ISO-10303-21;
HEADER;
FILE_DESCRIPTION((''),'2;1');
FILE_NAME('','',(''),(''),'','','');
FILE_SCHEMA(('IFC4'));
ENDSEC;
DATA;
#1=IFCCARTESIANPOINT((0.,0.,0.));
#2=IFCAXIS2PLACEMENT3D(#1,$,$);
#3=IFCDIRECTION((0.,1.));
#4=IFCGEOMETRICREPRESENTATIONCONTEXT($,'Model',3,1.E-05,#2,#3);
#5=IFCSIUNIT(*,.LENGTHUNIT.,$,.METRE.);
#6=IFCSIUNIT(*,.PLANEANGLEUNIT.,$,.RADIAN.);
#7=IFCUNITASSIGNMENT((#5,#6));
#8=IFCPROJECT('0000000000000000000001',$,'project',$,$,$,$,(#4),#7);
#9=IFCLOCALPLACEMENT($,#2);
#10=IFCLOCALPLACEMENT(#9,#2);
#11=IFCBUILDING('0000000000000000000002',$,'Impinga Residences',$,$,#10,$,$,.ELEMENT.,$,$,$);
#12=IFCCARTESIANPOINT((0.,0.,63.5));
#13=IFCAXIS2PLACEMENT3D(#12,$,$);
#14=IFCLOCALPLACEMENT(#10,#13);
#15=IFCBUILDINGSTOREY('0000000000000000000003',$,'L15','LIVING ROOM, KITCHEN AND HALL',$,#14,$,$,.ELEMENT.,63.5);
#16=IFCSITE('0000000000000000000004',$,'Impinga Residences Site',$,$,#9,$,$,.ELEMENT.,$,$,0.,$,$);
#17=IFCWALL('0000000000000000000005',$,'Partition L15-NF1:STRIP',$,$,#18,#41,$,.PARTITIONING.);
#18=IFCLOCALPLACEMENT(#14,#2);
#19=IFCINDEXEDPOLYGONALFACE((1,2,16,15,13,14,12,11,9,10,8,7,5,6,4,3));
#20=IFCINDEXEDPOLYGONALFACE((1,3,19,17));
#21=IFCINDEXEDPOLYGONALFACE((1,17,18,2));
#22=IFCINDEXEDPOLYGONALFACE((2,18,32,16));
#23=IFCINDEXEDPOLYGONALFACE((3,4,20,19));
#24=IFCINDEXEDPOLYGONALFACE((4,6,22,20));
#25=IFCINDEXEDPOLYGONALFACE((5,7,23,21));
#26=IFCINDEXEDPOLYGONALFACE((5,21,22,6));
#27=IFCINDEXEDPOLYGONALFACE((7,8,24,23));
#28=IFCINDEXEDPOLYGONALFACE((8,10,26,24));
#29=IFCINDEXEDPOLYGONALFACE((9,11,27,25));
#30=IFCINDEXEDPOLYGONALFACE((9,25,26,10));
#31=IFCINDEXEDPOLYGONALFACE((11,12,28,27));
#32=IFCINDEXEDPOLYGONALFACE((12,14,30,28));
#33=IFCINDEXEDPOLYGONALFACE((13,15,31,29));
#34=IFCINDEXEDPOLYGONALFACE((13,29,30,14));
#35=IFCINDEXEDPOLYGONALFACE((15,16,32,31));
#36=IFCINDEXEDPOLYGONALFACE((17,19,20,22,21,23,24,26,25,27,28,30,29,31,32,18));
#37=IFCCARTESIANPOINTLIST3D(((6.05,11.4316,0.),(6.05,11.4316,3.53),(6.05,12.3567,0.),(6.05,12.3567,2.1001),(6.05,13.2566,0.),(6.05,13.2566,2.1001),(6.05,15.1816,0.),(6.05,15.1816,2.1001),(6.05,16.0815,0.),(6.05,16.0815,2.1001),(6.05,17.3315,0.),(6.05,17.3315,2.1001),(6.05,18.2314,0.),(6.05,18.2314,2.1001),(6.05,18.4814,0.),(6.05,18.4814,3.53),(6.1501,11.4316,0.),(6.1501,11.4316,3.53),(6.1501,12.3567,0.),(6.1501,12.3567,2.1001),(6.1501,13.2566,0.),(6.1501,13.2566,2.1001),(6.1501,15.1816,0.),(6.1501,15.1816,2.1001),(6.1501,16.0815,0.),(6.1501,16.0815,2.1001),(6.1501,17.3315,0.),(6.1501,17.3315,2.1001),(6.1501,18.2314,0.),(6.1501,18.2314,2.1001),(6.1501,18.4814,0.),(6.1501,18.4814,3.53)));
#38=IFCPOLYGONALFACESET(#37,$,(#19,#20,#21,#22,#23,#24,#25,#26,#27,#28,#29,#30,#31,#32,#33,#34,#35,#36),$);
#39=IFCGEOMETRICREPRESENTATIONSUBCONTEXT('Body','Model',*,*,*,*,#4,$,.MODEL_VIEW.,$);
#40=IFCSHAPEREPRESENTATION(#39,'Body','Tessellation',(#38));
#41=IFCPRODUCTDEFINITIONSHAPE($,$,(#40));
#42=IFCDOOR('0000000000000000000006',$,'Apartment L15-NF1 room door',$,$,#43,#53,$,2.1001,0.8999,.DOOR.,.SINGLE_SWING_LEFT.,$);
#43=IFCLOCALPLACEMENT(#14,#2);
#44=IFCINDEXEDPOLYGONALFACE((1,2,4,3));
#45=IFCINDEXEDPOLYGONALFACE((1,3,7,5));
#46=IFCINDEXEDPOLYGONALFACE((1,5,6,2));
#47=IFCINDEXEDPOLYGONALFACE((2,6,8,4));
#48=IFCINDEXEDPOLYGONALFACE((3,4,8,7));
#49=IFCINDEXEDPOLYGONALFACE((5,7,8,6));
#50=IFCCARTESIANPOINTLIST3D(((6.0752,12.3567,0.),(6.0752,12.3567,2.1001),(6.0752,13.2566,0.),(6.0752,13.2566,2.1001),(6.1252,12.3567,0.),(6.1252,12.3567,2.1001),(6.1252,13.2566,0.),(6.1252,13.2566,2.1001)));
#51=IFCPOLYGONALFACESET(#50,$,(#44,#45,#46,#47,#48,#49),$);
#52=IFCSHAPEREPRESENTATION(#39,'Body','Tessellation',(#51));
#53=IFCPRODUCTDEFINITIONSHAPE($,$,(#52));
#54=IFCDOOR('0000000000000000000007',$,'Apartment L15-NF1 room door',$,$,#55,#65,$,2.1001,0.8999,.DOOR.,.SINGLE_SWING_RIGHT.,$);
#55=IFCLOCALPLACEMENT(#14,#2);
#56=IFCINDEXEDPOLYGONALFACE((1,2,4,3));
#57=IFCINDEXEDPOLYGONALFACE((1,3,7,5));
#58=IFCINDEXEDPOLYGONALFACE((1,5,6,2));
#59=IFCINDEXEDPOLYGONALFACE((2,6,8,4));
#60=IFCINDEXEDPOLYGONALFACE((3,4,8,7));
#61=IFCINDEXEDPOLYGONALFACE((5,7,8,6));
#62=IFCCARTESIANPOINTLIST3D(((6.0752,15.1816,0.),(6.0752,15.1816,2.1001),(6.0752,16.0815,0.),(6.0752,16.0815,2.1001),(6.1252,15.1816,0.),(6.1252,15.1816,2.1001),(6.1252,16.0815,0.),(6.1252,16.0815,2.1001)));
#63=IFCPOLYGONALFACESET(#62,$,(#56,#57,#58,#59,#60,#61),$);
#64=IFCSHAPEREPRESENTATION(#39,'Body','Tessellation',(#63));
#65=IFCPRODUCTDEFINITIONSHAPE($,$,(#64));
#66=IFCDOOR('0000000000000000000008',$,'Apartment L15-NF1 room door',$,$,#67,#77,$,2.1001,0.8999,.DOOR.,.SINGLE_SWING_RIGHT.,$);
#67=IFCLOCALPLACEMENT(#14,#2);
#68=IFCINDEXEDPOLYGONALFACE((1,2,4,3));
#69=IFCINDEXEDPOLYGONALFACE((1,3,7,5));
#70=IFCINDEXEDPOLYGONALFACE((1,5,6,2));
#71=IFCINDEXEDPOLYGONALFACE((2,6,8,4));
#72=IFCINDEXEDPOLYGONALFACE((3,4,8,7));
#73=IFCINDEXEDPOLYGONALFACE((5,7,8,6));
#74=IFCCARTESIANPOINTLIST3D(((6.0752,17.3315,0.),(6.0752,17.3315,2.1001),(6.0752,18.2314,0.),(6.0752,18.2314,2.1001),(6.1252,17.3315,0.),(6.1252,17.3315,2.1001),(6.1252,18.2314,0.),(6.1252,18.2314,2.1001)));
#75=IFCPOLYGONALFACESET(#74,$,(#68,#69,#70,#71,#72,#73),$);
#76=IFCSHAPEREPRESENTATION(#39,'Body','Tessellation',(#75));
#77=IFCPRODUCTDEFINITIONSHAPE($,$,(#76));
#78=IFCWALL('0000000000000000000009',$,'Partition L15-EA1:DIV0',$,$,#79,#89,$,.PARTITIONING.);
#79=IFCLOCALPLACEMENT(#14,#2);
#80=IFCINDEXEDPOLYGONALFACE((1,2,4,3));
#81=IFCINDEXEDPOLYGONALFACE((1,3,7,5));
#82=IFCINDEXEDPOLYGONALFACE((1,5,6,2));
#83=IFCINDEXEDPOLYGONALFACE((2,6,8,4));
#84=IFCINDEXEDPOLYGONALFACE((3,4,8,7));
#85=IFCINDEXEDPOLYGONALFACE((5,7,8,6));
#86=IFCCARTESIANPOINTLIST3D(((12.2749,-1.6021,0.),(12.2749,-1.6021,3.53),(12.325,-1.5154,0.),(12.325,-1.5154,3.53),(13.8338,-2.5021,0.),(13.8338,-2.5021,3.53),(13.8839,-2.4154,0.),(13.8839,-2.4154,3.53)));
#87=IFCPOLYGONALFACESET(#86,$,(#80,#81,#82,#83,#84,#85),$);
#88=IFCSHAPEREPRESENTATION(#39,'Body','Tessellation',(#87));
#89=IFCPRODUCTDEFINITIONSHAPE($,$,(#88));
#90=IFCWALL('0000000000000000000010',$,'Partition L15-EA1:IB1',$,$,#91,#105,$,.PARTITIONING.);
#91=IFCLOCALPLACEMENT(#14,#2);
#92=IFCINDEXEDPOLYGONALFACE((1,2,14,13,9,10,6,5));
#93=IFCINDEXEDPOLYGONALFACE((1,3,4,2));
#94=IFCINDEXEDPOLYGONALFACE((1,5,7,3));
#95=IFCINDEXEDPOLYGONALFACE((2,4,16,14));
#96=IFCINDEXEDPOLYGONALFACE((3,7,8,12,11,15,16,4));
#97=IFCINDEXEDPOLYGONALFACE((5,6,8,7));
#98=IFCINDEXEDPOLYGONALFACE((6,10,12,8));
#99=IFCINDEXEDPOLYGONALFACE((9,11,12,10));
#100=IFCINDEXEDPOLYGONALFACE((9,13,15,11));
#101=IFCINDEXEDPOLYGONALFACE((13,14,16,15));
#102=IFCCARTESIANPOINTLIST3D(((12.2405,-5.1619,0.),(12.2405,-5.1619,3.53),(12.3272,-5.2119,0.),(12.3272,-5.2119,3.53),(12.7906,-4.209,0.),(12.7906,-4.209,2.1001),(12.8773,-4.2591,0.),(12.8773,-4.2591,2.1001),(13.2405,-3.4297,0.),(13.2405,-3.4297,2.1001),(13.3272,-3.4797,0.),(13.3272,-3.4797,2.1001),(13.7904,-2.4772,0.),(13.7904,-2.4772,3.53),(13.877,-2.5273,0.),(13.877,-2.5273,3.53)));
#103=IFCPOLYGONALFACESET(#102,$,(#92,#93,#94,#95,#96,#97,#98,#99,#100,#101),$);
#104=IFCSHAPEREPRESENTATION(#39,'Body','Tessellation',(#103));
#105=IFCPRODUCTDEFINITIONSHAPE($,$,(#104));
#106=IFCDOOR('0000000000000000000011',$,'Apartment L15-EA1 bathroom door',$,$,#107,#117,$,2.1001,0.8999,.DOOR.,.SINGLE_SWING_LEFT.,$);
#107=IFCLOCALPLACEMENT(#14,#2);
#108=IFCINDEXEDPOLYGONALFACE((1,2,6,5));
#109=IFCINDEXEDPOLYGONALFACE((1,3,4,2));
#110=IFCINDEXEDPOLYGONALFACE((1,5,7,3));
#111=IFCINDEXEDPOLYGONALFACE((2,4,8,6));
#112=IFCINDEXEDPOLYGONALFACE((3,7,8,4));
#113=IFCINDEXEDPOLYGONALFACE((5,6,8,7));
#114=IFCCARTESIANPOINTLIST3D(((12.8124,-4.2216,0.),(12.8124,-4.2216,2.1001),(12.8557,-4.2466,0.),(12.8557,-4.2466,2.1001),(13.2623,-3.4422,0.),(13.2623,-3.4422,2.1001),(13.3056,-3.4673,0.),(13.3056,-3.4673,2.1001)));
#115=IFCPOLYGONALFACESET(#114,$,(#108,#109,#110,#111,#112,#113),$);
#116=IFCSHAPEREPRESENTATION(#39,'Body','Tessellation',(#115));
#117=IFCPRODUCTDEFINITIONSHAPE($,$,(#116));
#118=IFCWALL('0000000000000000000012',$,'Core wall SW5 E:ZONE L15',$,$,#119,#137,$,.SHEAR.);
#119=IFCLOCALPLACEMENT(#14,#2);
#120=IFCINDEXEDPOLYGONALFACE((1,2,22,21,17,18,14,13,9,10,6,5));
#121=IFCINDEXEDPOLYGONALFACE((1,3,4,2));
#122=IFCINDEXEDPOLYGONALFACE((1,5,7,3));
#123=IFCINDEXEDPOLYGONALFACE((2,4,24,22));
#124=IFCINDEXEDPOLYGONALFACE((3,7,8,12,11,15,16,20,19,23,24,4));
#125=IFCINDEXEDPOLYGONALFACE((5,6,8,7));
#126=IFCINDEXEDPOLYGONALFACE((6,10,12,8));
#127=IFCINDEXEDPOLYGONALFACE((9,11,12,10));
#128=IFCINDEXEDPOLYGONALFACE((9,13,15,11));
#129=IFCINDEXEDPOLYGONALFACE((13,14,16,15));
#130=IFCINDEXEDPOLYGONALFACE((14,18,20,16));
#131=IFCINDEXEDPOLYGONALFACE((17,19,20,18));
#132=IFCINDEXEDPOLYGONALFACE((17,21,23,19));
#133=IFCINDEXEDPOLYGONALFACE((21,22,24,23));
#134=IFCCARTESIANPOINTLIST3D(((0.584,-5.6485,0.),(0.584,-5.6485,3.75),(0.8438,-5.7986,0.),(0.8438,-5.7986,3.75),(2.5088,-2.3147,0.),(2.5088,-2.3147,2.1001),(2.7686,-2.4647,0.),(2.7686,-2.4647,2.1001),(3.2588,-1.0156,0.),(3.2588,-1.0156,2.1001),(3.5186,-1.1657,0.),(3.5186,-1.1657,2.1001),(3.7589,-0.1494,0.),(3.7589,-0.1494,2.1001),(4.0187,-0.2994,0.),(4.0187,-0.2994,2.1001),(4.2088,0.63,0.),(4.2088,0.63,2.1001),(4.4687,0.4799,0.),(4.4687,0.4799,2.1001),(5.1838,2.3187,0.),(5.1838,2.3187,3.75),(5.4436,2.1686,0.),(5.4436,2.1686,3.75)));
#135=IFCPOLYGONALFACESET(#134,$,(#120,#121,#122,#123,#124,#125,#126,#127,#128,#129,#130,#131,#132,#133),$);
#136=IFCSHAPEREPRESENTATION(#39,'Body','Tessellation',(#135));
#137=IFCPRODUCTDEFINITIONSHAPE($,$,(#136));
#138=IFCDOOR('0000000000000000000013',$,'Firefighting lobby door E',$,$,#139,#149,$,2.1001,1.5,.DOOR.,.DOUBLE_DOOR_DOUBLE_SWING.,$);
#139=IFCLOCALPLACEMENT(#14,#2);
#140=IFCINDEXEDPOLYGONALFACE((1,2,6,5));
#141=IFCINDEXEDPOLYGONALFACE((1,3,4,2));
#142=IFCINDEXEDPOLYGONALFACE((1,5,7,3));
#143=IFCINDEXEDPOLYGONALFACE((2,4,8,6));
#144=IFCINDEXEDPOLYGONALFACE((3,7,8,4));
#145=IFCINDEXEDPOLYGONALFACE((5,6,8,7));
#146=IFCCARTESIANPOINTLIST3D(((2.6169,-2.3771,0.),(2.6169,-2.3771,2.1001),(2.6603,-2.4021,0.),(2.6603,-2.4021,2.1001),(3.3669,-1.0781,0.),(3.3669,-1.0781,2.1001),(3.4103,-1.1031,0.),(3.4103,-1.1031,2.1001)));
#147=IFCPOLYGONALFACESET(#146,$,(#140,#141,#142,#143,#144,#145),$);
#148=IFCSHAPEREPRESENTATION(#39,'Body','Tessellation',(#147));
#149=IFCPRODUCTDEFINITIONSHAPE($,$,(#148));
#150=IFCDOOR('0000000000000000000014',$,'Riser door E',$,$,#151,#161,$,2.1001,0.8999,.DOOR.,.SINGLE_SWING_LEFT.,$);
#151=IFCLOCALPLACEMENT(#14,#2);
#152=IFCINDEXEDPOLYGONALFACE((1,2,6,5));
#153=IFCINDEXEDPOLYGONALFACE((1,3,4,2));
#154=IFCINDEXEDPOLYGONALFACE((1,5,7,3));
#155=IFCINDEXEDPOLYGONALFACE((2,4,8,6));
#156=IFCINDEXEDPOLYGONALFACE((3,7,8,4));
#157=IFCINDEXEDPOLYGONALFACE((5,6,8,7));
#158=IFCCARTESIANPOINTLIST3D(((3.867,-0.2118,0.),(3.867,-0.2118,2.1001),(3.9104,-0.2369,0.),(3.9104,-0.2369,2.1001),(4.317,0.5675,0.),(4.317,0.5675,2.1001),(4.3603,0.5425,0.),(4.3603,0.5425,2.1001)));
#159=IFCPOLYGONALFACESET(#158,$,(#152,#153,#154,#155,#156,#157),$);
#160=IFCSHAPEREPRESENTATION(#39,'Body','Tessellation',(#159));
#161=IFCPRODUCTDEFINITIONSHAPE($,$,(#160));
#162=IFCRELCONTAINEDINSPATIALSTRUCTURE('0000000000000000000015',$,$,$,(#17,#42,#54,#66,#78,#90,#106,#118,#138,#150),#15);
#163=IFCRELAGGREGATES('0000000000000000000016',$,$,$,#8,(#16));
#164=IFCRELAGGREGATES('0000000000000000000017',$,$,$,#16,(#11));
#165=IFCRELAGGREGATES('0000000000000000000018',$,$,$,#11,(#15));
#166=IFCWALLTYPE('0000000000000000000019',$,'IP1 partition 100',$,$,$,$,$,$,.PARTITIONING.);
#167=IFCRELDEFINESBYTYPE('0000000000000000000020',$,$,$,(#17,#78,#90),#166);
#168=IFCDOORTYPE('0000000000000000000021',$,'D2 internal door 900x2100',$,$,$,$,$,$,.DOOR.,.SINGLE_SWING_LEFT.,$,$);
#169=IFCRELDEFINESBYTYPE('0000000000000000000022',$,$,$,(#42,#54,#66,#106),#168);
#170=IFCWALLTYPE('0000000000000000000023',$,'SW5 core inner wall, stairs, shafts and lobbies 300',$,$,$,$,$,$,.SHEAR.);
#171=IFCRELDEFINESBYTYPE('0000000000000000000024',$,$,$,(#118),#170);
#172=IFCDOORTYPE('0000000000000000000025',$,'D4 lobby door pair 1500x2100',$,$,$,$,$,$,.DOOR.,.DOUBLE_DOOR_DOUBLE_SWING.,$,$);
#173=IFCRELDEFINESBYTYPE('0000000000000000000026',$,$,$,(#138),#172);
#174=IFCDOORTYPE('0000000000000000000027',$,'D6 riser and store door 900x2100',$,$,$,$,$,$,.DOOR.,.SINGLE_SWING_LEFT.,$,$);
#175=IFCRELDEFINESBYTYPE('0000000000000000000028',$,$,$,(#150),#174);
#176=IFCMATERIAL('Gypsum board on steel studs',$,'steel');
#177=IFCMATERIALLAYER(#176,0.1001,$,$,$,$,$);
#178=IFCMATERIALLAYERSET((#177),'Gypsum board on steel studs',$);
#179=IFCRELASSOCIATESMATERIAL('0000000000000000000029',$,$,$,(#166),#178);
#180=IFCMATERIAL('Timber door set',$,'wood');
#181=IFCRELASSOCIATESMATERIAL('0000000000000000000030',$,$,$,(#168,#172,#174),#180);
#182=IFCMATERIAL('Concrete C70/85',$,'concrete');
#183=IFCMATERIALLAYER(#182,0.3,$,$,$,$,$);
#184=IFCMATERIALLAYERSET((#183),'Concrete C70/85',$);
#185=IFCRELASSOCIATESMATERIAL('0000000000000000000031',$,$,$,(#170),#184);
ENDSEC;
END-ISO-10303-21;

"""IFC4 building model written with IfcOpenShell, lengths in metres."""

from ifc_helpers import new_model, si_unit, direction, frame, frame_2d, origin, place, context, subcontext, project, spatial, rectangle, extrude, material, layer, layer_set, type_object, element, fill, save


model = new_model("IFC4")

# Units and contexts
model_context = context("Model", 3, precision=1e-05, world=origin(), true_north=direction((0.0, 1.0)))
body_context = subcontext(model_context, "Body", "Model", "MODEL_VIEW")
ifc_project = project(units=[si_unit("LENGTHUNIT", "METRE"), si_unit("PLANEANGLEUNIT", "RADIAN")], contexts=[model_context])

# Site, building, storey
site_placement = place(None, origin())
site = spatial("IfcSite", under=ifc_project, at=site_placement, Name="Impinga Residences Site", CompositionType="ELEMENT", RefElevation=0.0)
building_placement = place(site_placement, origin())
building = spatial("IfcBuilding", under=site, at=building_placement, Name="Impinga Residences", CompositionType="ELEMENT")
storey_placement = place(building_placement, frame((0.0, 0.0, 63.5)))
storey = spatial("IfcBuildingStorey", under=building, at=storey_placement, Name="L15", Description="LIVING ROOM, KITCHEN AND HALL", CompositionType="ELEMENT", Elevation=63.5)

# Shared definitions
ifc_material_1 = material(Name="Concrete C70/85", Category="concrete")

# Shared definitions
ifc_material_2 = material(Name="Timber door set", Category="wood")

# Shared definitions
ifc_material_3 = material(Name="Gypsum board on steel studs", Category="steel")
ifc_layer_1 = layer(ifc_material_3, 0.1001)
ifc_layer_set_1 = layer_set([ifc_layer_1], Name="Gypsum board on steel studs")
wall_type_1 = type_object("IfcWallType", Name="IP1 partition 100", PredefinedType="PARTITIONING", material=ifc_layer_set_1)

# Wall, openings, doors
wall_1_placement = place(storey_placement, frame((6.1001, 11.4316, 0.0), z_axis=(0.0, 0.0, 1.0), x_axis=(0.0, 1.0, 0.0)))
wall_1 = element("IfcWall", 1, at=wall_1_placement, inside=storey, type_object=wall_type_1, Name="Partition L15-NF1:STRIP", PredefinedType="PARTITIONING", context=body_context, shape_type="SweptSolid", body=[
    extrude(rectangle(XDim=7.0498, YDim=0.1001, at=frame_2d((3.5249, 0.0))), origin(), (0.0, 0.0, 1.0), 3.53),
])
opening_1_placement = place(wall_1_placement, frame((0.925, 0.0, 0.0)))
opening_1 = element("IfcOpeningElement", 2, at=opening_1_placement, cuts=wall_1, PredefinedType="OPENING", context=body_context, shape_type="SweptSolid", body=[
    extrude(rectangle(XDim=0.8999, YDim=2.1001, at=frame_2d((0.45, 1.05))), frame((0.0, 0.0601, 0.0), z_axis=(0.0, -1.0, 0.0), x_axis=(1.0, 0.0, 0.0)), (0.0, 0.0, 1.0), 0.1201),
])
opening_2_placement = place(wall_1_placement, frame((3.75, 0.0, 0.0)))
opening_2 = element("IfcOpeningElement", 3, at=opening_2_placement, cuts=wall_1, PredefinedType="OPENING", context=body_context, shape_type="SweptSolid", body=[
    extrude(rectangle(XDim=0.8999, YDim=2.1001, at=frame_2d((0.45, 1.05))), frame((0.0, 0.0601, 0.0), z_axis=(0.0, -1.0, 0.0), x_axis=(1.0, 0.0, 0.0)), (0.0, 0.0, 1.0), 0.1201),
])
opening_3_placement = place(wall_1_placement, frame((5.8999, 0.0, 0.0)))
opening_3 = element("IfcOpeningElement", 4, at=opening_3_placement, cuts=wall_1, PredefinedType="OPENING", context=body_context, shape_type="SweptSolid", body=[
    extrude(rectangle(XDim=0.8999, YDim=2.1001, at=frame_2d((0.45, 1.05))), frame((0.0, 0.0601, 0.0), z_axis=(0.0, -1.0, 0.0), x_axis=(1.0, 0.0, 0.0)), (0.0, 0.0, 1.0), 0.1201),
])
door_type_1 = type_object("IfcDoorType", Name="D2 internal door 900x2100", OperationType="SINGLE_SWING_LEFT", PredefinedType="DOOR", material=ifc_material_2)
door_1_placement = place(opening_1_placement, origin())
door_1 = element("IfcDoor", 5, at=door_1_placement, inside=storey, type_object=door_type_1, Name="Apartment L15-NF1 room door", OperationType="SINGLE_SWING_LEFT", OverallHeight=2.1001, OverallWidth=0.8999, PredefinedType="DOOR", context=body_context, shape_type="SweptSolid", body=[
    extrude(rectangle(XDim=0.8999, YDim=2.1001, at=frame_2d((0.45, 1.05))), frame((0.0, 0.0249, 0.0), z_axis=(0.0, -1.0, 0.0), x_axis=(1.0, 0.0, 0.0)), (0.0, 0.0, 1.0), 0.05),
])
fill(opening_1, door_1)
door_2_placement = place(opening_2_placement, origin())
door_2 = element("IfcDoor", 6, at=door_2_placement, inside=storey, type_object=door_type_1, Name="Apartment L15-NF1 room door", OperationType="SINGLE_SWING_RIGHT", OverallHeight=2.1001, OverallWidth=0.8999, PredefinedType="DOOR", context=body_context, shape_type="SweptSolid", body=[
    extrude(rectangle(XDim=0.8999, YDim=2.1001, at=frame_2d((0.45, 1.05))), frame((0.0, 0.0249, 0.0), z_axis=(0.0, -1.0, 0.0), x_axis=(1.0, 0.0, 0.0)), (0.0, 0.0, 1.0), 0.05),
])
fill(opening_2, door_2)
door_3_placement = place(opening_3_placement, origin())
door_3 = element("IfcDoor", 7, at=door_3_placement, inside=storey, type_object=door_type_1, Name="Apartment L15-NF1 room door", OperationType="SINGLE_SWING_RIGHT", OverallHeight=2.1001, OverallWidth=0.8999, PredefinedType="DOOR", context=body_context, shape_type="SweptSolid", body=[
    extrude(rectangle(XDim=0.8999, YDim=2.1001, at=frame_2d((0.45, 1.05))), frame((0.0, 0.0249, 0.0), z_axis=(0.0, -1.0, 0.0), x_axis=(1.0, 0.0, 0.0)), (0.0, 0.0, 1.0), 0.05),
])
fill(opening_3, door_3)

# Wall
wall_2_placement = place(storey_placement, frame((12.3, -1.5588, 0.0), z_axis=(0.0, 0.0, 1.0), x_axis=(0.866048, -0.499961, 0.0)))
element("IfcWall", 8, at=wall_2_placement, inside=storey, type_object=wall_type_1, Name="Partition L15-EA1:DIV0", PredefinedType="PARTITIONING", context=body_context, shape_type="SweptSolid", body=[
    extrude(rectangle(XDim=1.8, YDim=0.1001, at=frame_2d((0.8999, 0.0))), origin(), (0.0, 0.0, 1.0), 3.53),
])

# Wall, opening, door
wall_3_placement = place(storey_placement, frame((12.2839, -5.1868, 0.0), z_axis=(0.0, 0.0, 1.0), x_axis=(0.499968, 0.866044, 0.0)))
wall_3 = element("IfcWall", 9, at=wall_3_placement, inside=storey, type_object=wall_type_1, Name="Partition L15-EA1:IB1", PredefinedType="PARTITIONING", context=body_context, shape_type="SweptSolid", body=[
    extrude(rectangle(XDim=3.0999, YDim=0.1001, at=frame_2d((1.5498, 0.0))), origin(), (0.0, 0.0, 1.0), 3.53),
])
opening_4_placement = place(wall_3_placement, frame((1.1001, 0.0, 0.0)))
opening_4 = element("IfcOpeningElement", 10, at=opening_4_placement, cuts=wall_3, PredefinedType="OPENING", context=body_context, shape_type="SweptSolid", body=[
    extrude(rectangle(XDim=0.8999, YDim=2.1001, at=frame_2d((0.45, 1.05))), frame((0.0, 0.0601, 0.0), z_axis=(0.0, -1.0, 0.0), x_axis=(1.0, 0.0, 0.0)), (0.0, 0.0, 1.0), 0.1201),
])
door_4_placement = place(opening_4_placement, origin())
door_4 = element("IfcDoor", 11, at=door_4_placement, inside=storey, type_object=door_type_1, Name="Apartment L15-EA1 bathroom door", OperationType="SINGLE_SWING_LEFT", OverallHeight=2.1001, OverallWidth=0.8999, PredefinedType="DOOR", context=body_context, shape_type="SweptSolid", body=[
    extrude(rectangle(XDim=0.8999, YDim=2.1001, at=frame_2d((0.45, 1.05))), frame((0.0, 0.0249, 0.0), z_axis=(0.0, -1.0, 0.0), x_axis=(1.0, 0.0, 0.0)), (0.0, 0.0, 1.0), 0.05),
])
fill(opening_4, door_4)

# Wall, openings, doors
ifc_layer_2 = layer(ifc_material_1, 0.3)
ifc_layer_set_2 = layer_set([ifc_layer_2], Name="Concrete C70/85")
wall_type_2 = type_object("IfcWallType", Name="SW5 core inner wall, stairs, shafts and lobbies 300", PredefinedType="SHEAR", material=ifc_layer_set_2)
wall_4_placement = place(storey_placement, frame((5.3137, 2.2437, 0.0), z_axis=(0.0, 0.0, 1.0), x_axis=(-0.499995, -0.866028, 0.0)))
wall_4 = element("IfcWall", 12, at=wall_4_placement, inside=storey, type_object=wall_type_2, Name="Core wall SW5 E:ZONE L15", PredefinedType="SHEAR", context=body_context, shape_type="SweptSolid", body=[
    extrude(rectangle(XDim=9.1997, YDim=0.3, at=frame_2d((4.5999, 0.0))), origin(), (0.0, 0.0, 1.0), 3.75),
])
opening_5_placement = place(wall_4_placement, frame((3.8501, 0.0, 0.0)))
opening_5 = element("IfcOpeningElement", 13, at=opening_5_placement, cuts=wall_4, PredefinedType="OPENING", context=body_context, shape_type="SweptSolid", body=[
    extrude(rectangle(XDim=1.5, YDim=2.1001, at=frame_2d((0.75, 1.05))), frame((0.0, 0.1599, 0.0), z_axis=(0.0, -1.0, 0.0), x_axis=(1.0, 0.0, 0.0)), (0.0, 0.0, 1.0), 0.3201),
])
opening_6_placement = place(wall_4_placement, frame((1.95, 0.0, 0.0)))
opening_6 = element("IfcOpeningElement", 14, at=opening_6_placement, cuts=wall_4, PredefinedType="OPENING", context=body_context, shape_type="SweptSolid", body=[
    extrude(rectangle(XDim=0.8999, YDim=2.1001, at=frame_2d((0.45, 1.05))), frame((0.0, 0.1599, 0.0), z_axis=(0.0, -1.0, 0.0), x_axis=(1.0, 0.0, 0.0)), (0.0, 0.0, 1.0), 0.3201),
])
door_type_2 = type_object("IfcDoorType", Name="D4 lobby door pair 1500x2100", OperationType="DOUBLE_DOOR_DOUBLE_SWING", PredefinedType="DOOR", material=ifc_material_2)
door_5_placement = place(opening_5_placement, origin())
door_5 = element("IfcDoor", 15, at=door_5_placement, inside=storey, type_object=door_type_2, Name="Firefighting lobby door E", OperationType="DOUBLE_DOOR_DOUBLE_SWING", OverallHeight=2.1001, OverallWidth=1.5, PredefinedType="DOOR", context=body_context, shape_type="SweptSolid", body=[
    extrude(rectangle(XDim=1.5, YDim=2.1001, at=frame_2d((0.75, 1.05))), frame((0.0, 0.0249, 0.0), z_axis=(0.0, -1.0, 0.0), x_axis=(1.0, 0.0, 0.0)), (0.0, 0.0, 1.0), 0.05),
])
fill(opening_5, door_5)
door_type_3 = type_object("IfcDoorType", Name="D6 riser and store door 900x2100", OperationType="SINGLE_SWING_LEFT", PredefinedType="DOOR", material=ifc_material_2)
door_6_placement = place(opening_6_placement, origin())
door_6 = element("IfcDoor", 16, at=door_6_placement, inside=storey, type_object=door_type_3, Name="Riser door E", OperationType="SINGLE_SWING_LEFT", OverallHeight=2.1001, OverallWidth=0.8999, PredefinedType="DOOR", context=body_context, shape_type="SweptSolid", body=[
    extrude(rectangle(XDim=0.8999, YDim=2.1001, at=frame_2d((0.45, 1.05))), frame((0.0, 0.0249, 0.0), z_axis=(0.0, -1.0, 0.0), x_axis=(1.0, 0.0, 0.0)), (0.0, 0.0, 1.0), 0.05),
])
fill(opening_6, door_6)

save(model, "model.ifc")
